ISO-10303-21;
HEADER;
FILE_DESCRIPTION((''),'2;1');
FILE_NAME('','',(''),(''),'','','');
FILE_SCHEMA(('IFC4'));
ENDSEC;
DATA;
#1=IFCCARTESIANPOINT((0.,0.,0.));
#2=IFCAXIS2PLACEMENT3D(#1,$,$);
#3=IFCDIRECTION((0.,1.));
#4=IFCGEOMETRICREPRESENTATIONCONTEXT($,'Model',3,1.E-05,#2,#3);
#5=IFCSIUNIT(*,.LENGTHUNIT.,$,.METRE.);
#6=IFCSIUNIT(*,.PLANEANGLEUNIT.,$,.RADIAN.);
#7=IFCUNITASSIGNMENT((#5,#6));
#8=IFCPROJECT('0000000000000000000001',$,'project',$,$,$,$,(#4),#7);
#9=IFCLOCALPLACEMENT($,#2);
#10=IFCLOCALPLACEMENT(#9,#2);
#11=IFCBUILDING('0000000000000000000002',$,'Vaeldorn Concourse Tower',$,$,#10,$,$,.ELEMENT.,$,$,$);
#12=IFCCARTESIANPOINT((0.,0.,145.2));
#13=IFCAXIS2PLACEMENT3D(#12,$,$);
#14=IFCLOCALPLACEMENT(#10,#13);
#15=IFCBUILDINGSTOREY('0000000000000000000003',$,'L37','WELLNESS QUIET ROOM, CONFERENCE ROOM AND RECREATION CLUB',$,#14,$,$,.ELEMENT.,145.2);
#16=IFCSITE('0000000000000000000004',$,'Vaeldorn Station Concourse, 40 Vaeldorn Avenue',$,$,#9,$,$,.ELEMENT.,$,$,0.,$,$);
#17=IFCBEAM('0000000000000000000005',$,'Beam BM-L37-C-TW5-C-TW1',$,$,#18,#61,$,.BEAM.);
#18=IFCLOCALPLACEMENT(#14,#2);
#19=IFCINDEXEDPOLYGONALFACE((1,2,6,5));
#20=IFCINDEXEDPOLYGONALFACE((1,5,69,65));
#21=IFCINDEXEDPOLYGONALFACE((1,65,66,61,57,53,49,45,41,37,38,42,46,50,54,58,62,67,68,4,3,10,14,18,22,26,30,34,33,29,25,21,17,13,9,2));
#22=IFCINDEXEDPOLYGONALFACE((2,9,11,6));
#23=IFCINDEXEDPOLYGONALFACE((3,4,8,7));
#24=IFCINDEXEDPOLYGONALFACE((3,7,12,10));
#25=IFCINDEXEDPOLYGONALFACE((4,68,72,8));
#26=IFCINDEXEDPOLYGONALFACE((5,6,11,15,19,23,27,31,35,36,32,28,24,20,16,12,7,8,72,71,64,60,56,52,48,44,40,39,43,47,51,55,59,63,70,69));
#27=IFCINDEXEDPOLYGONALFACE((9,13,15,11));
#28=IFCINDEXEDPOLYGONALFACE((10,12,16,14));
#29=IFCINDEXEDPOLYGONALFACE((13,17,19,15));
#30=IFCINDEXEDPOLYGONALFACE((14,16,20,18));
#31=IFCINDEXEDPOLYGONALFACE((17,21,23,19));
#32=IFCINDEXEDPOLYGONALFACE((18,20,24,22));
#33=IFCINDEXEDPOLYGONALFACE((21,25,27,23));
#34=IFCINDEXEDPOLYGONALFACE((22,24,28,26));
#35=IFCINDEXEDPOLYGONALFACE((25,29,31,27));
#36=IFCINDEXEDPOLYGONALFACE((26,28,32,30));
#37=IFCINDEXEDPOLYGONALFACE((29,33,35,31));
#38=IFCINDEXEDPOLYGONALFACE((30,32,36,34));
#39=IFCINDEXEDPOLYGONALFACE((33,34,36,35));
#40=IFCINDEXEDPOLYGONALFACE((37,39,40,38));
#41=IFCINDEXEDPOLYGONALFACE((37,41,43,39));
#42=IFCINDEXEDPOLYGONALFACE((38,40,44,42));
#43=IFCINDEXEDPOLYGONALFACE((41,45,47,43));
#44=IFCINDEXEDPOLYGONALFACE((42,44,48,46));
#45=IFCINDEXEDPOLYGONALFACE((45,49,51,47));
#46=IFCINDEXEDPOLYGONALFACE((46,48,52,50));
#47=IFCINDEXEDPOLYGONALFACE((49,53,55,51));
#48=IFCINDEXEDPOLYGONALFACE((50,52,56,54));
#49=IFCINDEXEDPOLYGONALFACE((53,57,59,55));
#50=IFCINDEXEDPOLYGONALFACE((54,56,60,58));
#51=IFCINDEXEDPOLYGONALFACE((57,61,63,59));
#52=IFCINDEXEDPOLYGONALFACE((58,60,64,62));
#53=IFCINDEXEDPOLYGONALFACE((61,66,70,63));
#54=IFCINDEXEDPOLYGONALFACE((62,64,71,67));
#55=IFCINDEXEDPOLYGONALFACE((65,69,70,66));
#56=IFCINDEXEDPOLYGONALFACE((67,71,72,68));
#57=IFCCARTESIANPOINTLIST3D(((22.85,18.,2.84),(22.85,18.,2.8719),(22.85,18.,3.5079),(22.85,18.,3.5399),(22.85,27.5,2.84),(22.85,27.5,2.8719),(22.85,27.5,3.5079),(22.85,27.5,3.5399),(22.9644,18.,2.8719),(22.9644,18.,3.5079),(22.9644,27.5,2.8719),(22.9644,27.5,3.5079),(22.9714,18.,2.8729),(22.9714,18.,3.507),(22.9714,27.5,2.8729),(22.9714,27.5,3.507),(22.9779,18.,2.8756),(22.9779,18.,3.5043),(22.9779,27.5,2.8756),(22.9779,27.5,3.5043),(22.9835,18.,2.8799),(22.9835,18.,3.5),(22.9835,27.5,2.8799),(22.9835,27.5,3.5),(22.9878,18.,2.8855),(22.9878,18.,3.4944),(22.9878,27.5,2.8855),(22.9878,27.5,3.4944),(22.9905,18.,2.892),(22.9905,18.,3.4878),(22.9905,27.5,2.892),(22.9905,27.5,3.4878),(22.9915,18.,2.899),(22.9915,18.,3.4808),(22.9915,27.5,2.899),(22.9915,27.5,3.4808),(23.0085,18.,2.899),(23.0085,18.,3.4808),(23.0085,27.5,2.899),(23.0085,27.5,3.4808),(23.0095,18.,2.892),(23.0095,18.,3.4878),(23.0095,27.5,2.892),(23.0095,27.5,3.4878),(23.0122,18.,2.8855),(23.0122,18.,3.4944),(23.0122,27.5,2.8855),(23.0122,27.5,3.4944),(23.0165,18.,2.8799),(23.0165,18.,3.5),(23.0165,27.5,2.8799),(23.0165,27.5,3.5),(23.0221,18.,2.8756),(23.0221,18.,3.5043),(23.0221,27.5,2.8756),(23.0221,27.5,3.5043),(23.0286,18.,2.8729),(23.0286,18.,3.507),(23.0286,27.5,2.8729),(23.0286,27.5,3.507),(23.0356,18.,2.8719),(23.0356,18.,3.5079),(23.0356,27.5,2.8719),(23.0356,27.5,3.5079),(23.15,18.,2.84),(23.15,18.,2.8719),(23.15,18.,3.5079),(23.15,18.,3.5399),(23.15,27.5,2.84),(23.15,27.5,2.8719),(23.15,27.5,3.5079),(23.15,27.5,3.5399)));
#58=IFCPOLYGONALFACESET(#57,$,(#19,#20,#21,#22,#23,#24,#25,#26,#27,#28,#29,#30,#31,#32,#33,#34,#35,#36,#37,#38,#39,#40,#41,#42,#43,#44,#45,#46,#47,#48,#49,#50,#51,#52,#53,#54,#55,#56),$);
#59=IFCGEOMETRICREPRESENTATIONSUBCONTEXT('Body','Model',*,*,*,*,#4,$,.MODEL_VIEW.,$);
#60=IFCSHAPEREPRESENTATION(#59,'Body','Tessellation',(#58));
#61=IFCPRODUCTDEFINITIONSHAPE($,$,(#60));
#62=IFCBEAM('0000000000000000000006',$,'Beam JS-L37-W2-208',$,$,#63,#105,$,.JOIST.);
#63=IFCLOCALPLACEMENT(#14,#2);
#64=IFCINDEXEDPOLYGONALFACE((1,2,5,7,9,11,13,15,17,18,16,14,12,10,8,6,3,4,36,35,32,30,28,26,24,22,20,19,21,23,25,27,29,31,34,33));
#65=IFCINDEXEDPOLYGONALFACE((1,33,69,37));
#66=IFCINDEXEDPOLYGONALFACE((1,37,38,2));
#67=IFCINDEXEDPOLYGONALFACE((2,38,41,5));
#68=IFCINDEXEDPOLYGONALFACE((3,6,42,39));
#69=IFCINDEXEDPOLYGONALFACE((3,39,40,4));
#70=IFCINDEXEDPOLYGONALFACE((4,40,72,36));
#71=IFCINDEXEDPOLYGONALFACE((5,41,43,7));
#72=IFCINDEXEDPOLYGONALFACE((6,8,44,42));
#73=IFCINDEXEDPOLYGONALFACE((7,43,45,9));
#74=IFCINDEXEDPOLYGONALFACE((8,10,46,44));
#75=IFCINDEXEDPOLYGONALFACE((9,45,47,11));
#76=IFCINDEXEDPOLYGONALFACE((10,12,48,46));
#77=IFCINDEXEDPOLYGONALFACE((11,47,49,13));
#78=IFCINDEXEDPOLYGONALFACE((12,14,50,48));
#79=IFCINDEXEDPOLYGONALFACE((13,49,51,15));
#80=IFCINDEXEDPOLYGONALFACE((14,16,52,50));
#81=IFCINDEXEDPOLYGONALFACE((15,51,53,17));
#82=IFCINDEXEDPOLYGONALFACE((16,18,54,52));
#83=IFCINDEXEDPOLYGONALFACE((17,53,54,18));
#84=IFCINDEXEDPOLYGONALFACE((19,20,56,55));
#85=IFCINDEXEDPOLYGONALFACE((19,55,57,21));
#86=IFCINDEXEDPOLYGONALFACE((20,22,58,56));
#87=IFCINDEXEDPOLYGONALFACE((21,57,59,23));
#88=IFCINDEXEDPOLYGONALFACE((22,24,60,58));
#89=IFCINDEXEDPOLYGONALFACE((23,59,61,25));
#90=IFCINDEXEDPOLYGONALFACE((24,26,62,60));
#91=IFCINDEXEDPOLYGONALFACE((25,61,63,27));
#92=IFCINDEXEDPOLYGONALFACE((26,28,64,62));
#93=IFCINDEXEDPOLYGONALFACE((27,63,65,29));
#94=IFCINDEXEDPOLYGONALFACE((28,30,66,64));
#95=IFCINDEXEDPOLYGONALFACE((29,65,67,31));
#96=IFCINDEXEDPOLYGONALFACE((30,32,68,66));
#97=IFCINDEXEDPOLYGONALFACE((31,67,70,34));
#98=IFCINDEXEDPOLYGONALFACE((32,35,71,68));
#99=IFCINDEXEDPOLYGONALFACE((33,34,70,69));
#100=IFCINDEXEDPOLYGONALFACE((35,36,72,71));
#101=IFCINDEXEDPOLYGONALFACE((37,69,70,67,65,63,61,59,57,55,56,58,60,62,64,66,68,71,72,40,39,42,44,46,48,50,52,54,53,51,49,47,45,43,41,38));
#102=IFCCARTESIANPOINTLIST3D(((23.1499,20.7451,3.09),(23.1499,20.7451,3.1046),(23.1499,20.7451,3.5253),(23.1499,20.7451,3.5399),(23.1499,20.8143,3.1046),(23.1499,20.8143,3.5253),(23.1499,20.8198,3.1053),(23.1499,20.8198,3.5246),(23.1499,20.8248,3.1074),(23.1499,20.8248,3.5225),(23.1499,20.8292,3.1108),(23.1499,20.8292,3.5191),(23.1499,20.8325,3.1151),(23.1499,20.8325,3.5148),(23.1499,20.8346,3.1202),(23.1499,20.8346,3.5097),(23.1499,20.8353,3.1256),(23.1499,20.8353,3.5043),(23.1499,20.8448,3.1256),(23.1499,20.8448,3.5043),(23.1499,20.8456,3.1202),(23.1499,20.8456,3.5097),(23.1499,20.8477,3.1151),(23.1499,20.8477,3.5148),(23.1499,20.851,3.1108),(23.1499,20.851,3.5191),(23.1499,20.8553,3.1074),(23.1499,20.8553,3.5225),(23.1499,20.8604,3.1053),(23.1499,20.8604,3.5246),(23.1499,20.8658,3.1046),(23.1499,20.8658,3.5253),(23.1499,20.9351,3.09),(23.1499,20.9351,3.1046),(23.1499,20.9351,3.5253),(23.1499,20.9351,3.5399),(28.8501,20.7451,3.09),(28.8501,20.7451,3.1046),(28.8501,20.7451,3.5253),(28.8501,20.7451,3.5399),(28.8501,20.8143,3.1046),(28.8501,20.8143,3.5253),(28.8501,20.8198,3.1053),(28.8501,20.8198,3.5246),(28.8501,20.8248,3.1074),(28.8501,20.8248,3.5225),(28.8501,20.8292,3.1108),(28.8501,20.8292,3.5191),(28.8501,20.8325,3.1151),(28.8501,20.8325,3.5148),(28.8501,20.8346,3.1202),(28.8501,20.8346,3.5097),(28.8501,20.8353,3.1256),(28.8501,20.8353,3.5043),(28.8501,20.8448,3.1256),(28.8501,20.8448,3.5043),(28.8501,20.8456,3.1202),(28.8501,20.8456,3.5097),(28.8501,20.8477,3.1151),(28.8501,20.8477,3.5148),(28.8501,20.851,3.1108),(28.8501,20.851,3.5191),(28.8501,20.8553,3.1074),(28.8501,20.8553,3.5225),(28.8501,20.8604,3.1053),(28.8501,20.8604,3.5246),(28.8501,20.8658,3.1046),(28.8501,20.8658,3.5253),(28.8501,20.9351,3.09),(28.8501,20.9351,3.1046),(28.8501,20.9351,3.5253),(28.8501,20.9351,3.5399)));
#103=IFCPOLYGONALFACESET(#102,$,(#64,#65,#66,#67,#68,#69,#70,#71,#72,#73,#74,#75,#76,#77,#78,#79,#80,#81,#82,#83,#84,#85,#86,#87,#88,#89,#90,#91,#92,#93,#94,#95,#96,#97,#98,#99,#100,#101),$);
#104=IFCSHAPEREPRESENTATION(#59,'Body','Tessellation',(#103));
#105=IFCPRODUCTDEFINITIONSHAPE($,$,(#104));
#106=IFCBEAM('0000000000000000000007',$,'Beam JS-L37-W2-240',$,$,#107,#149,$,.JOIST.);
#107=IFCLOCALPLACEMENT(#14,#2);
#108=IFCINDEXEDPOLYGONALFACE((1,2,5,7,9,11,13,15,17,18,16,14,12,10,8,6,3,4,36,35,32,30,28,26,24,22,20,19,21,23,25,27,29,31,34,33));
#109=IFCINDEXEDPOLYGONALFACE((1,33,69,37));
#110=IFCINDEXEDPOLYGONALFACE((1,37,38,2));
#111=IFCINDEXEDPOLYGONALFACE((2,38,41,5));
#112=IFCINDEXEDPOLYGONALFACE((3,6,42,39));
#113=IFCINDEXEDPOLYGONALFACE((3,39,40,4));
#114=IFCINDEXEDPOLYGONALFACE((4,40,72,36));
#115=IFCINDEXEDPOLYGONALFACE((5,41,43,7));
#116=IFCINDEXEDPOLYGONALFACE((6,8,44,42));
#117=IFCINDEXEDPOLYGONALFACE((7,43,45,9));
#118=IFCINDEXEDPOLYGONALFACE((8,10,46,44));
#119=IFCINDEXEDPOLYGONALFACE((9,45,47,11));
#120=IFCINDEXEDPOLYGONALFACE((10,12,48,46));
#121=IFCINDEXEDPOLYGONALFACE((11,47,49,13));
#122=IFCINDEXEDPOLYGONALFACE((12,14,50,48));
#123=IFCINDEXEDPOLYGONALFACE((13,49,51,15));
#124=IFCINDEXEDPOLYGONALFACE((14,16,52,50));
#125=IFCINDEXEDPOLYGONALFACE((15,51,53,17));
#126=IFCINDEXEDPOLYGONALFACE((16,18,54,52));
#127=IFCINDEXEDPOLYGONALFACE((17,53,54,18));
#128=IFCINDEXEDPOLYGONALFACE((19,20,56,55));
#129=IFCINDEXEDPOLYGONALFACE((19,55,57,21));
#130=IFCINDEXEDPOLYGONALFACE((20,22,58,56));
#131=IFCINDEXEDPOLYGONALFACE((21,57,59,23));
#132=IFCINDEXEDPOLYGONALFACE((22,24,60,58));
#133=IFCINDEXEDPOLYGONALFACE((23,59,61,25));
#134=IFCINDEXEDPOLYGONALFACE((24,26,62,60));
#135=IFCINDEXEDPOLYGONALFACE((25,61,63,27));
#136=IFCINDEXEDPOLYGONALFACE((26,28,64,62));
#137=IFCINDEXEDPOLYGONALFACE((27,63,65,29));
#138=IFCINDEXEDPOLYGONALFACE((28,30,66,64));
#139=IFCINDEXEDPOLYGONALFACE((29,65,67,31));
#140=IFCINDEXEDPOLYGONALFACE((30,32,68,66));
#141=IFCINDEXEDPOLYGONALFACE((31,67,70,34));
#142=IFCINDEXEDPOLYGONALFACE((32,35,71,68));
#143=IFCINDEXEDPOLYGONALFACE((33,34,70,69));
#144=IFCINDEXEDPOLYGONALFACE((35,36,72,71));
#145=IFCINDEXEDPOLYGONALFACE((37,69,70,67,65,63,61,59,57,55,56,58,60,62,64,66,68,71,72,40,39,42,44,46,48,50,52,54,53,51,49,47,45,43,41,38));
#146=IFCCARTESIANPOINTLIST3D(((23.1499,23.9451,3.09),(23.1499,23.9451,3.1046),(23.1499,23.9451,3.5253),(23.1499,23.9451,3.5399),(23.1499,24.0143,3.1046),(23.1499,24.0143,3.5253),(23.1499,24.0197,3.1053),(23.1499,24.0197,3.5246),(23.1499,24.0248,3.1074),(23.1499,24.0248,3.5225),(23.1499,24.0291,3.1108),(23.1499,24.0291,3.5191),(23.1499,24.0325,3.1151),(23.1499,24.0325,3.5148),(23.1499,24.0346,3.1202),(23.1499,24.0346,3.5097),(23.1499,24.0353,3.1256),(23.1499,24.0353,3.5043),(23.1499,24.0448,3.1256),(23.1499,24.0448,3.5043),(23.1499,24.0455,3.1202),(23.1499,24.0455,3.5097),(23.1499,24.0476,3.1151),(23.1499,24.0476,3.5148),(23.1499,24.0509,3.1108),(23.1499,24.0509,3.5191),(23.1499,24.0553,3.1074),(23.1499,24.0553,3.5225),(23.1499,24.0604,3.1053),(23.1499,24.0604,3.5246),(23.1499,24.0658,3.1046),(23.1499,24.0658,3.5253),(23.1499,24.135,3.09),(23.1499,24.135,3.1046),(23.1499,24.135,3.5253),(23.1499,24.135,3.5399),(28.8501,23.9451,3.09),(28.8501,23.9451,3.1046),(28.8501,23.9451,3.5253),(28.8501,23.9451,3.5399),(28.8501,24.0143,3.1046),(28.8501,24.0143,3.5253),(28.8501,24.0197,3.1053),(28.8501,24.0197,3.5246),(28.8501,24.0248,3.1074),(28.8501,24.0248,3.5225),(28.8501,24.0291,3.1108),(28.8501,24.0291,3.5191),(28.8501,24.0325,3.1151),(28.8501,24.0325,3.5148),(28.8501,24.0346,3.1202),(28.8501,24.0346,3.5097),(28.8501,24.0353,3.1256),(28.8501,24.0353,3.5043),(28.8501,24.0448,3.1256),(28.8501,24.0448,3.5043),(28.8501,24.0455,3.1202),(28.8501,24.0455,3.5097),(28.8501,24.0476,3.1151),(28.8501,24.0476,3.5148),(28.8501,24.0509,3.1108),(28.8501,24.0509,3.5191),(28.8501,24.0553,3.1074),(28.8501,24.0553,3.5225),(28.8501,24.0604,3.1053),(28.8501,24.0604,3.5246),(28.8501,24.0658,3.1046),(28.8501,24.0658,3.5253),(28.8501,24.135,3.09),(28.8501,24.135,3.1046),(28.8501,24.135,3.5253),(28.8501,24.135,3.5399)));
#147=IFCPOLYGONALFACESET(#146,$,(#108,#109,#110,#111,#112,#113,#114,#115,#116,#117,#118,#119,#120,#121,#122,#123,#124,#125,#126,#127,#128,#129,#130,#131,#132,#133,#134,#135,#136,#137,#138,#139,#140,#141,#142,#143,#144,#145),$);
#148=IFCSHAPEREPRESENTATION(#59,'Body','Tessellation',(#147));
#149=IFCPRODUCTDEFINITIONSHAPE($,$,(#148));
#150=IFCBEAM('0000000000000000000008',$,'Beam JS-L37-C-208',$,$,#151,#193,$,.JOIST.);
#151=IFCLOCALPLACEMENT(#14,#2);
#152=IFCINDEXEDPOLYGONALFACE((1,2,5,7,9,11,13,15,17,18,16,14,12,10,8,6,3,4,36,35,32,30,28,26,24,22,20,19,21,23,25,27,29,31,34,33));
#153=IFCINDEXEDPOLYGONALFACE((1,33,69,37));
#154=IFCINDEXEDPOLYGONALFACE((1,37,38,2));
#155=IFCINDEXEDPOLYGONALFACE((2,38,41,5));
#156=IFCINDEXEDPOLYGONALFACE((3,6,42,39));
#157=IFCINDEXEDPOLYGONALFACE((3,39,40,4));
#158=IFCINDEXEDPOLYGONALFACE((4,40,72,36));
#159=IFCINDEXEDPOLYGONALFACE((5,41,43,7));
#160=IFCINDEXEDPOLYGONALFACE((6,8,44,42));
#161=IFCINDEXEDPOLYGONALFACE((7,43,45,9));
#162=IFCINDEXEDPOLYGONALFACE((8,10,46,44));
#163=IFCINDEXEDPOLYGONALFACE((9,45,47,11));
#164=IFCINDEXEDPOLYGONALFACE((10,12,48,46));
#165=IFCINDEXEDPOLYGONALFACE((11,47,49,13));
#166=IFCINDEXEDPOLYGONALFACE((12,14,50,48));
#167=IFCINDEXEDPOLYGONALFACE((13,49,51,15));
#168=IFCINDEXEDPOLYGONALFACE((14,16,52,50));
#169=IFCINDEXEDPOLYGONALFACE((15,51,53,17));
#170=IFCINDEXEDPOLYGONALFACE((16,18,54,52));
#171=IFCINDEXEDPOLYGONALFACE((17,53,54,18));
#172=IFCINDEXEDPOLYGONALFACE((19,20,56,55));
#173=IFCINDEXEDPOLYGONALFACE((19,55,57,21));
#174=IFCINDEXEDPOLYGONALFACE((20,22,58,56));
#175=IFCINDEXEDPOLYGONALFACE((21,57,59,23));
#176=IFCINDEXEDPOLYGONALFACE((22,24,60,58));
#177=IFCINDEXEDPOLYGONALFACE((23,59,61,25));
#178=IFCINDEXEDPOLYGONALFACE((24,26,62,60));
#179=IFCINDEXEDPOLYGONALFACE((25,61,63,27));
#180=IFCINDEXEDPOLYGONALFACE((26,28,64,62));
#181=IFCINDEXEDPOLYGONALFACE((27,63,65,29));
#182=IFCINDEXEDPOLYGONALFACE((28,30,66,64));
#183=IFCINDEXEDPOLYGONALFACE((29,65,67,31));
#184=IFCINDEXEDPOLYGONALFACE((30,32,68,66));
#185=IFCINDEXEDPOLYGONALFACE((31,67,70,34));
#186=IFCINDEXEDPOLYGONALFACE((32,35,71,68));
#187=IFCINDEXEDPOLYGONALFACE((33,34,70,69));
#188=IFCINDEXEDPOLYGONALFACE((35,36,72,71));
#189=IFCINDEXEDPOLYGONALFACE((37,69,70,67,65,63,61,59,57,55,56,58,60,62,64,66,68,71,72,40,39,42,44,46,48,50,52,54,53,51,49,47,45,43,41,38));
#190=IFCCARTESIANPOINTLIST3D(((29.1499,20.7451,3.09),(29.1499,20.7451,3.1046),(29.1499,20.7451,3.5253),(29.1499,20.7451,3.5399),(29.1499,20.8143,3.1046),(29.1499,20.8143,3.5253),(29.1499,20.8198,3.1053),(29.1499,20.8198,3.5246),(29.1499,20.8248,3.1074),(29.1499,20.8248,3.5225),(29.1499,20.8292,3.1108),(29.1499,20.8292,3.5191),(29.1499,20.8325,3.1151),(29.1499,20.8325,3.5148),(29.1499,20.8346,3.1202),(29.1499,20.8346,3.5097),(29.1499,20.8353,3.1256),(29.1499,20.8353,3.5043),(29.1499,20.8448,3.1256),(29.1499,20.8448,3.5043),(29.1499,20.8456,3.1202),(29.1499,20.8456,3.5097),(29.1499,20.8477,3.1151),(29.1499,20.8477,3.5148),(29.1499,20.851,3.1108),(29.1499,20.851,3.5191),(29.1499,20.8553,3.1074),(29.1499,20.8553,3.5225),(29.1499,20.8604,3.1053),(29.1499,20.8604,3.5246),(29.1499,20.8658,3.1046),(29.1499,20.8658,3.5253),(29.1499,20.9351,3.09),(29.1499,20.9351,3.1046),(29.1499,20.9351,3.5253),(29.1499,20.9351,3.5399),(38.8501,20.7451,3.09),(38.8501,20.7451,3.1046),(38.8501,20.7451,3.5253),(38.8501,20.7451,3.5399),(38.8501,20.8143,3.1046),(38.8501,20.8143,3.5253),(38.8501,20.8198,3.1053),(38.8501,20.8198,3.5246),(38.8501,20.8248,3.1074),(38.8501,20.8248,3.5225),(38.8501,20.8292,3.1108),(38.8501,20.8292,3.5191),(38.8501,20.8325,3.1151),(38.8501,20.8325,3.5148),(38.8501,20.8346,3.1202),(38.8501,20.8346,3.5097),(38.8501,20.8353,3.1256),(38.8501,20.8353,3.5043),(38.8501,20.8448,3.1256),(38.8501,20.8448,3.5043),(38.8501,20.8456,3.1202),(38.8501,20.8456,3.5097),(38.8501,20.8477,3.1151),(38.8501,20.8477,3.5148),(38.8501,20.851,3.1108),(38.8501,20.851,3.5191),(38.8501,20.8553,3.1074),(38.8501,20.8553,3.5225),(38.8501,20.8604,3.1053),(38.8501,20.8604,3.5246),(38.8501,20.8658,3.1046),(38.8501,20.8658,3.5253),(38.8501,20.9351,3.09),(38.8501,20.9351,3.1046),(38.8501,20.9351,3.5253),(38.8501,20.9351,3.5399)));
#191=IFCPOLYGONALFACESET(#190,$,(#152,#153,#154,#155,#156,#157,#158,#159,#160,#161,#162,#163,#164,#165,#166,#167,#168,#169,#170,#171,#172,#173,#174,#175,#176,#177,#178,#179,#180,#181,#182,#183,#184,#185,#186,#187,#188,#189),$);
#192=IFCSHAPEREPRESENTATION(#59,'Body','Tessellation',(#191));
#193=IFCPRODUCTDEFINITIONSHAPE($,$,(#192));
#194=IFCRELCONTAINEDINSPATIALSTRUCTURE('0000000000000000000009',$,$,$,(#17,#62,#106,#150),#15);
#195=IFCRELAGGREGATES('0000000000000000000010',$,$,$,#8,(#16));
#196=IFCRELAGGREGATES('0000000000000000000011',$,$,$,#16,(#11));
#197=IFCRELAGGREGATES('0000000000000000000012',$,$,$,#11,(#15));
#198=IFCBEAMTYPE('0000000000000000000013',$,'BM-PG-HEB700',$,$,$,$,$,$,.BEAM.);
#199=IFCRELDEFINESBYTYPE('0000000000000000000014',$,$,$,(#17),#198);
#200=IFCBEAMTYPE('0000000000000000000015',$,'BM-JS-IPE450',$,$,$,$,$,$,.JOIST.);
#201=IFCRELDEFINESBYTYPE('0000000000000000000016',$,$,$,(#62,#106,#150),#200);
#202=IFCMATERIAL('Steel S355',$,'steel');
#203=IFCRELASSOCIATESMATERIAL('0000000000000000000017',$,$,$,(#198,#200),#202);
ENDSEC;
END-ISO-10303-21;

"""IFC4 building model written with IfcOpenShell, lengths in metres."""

from ifc_helpers import new_model, si_unit, direction, frame, origin, origin_2d, place, context, subcontext, project, spatial, i_section, extrude, source, transform, mapped, material, material_profile, profile_set, type_object, element, save


model = new_model("IFC4")

# Units and contexts
model_context = context("Model", 3, precision=1e-05, world=origin(), true_north=direction((0.0, 1.0)))
body_context = subcontext(model_context, "Body", "Model", "MODEL_VIEW")
ifc_project = project(units=[si_unit("LENGTHUNIT", "METRE"), si_unit("PLANEANGLEUNIT", "RADIAN")], contexts=[model_context])

# Site, building, storey
site_placement = place(None, origin())
site = spatial("IfcSite", under=ifc_project, at=site_placement, Name="Vaeldorn Station Concourse, 40 Vaeldorn Avenue", CompositionType="ELEMENT", RefElevation=0.0)
building_placement = place(site_placement, origin())
building = spatial("IfcBuilding", under=site, at=building_placement, Name="Vaeldorn Concourse Tower", CompositionType="ELEMENT")
storey_placement = place(building_placement, frame((0.0, 0.0, 145.2)))
storey = spatial("IfcBuildingStorey", under=building, at=storey_placement, Name="L37", Description="WELLNESS QUIET ROOM, CONFERENCE ROOM AND RECREATION CLUB", CompositionType="ELEMENT", Elevation=145.2)

# Beams
ifc_material_1 = material(Name="Steel S355", Category="steel")
ifc_material_profile_1 = material_profile(ifc_material_1, i_section(OverallWidth=0.3, OverallDepth=0.7, WebThickness=0.0171, FlangeThickness=0.032, FilletRadius=0.0271, at=origin_2d()), Name="HEB 700")
ifc_profile_set_1 = profile_set([ifc_material_profile_1], Name="Steel S355")
beam_type_1 = type_object("IfcBeamType", Name="BM-PG-HEB700", PredefinedType="BEAM", material=ifc_profile_set_1)
shared_shape_1 = source(origin(), body_context, "Body", "SweptSolid", [
    extrude(i_section(OverallWidth=0.3, OverallDepth=0.7, WebThickness=0.0171, FlangeThickness=0.032, FilletRadius=0.0271, at=origin_2d()), origin(), (0.0, 0.0, 1.0), 9.5),
])
beam_1_placement = place(storey_placement, frame((23.0, 18.0, 3.1899), z_axis=(0.0, 1.0, 0.0), x_axis=(-1.0, 0.0, 0.0)))
element("IfcBeam", 1, at=beam_1_placement, inside=storey, type_object=beam_type_1, Name="Beam BM-L37-C-TW5-C-TW1", PredefinedType="BEAM", context=body_context, shape_type="MappedRepresentation", body=[
    mapped(shared_shape_1, transform((0.0, 0.0, 0.0), scale=1.0)),
])
ifc_material_profile_2 = material_profile(ifc_material_1, i_section(OverallWidth=0.1899, OverallDepth=0.45, WebThickness=0.0095, FlangeThickness=0.0146, FilletRadius=0.021, at=origin_2d()), Name="IPE 450")
ifc_profile_set_2 = profile_set([ifc_material_profile_2], Name="Steel S355")
beam_type_2 = type_object("IfcBeamType", Name="BM-JS-IPE450", PredefinedType="JOIST", material=ifc_profile_set_2)
shared_shape_2 = source(origin(), body_context, "Body", "SweptSolid", [
    extrude(i_section(OverallWidth=0.1899, OverallDepth=0.45, WebThickness=0.0095, FlangeThickness=0.0146, FilletRadius=0.021, at=origin_2d()), origin(), (0.0, 0.0, 1.0), 5.7002),
])
for number, where, z_axis, x_axis, name in (
    (2, (23.1499, 20.8401, 3.3149), (1.0, 0.0, 0.0), (0.0, 1.0, 0.0), "Beam JS-L37-W2-208"),
    (3, (23.1499, 24.04, 3.3149), (1.0, 0.0, 0.0), (0.0, 1.0, 0.0), "Beam JS-L37-W2-240"),
):
    element("IfcBeam", number, at=place(storey_placement, frame(where, z_axis=z_axis, x_axis=x_axis)), inside=storey, type_object=beam_type_2, Name=name, PredefinedType="JOIST", context=body_context, shape_type="MappedRepresentation", body=[
        mapped(shared_shape_2, transform((0.0, 0.0, 0.0), scale=1.0)),
    ])
shared_shape_3 = source(origin(), body_context, "Body", "SweptSolid", [
    extrude(i_section(OverallWidth=0.1899, OverallDepth=0.45, WebThickness=0.0095, FlangeThickness=0.0146, FilletRadius=0.021, at=origin_2d()), origin(), (0.0, 0.0, 1.0), 9.7002),
])
for number, where, z_axis, x_axis, name in (
    (4, (29.1499, 20.8401, 3.3149), (1.0, 0.0, 0.0), (0.0, 1.0, 0.0), "Beam JS-L37-C-208"),
):
    element("IfcBeam", number, at=place(storey_placement, frame(where, z_axis=z_axis, x_axis=x_axis)), inside=storey, type_object=beam_type_2, Name=name, PredefinedType="JOIST", context=body_context, shape_type="MappedRepresentation", body=[
        mapped(shared_shape_3, transform((0.0, 0.0, 0.0), scale=1.0)),
    ])

save(model, "model.ifc")
